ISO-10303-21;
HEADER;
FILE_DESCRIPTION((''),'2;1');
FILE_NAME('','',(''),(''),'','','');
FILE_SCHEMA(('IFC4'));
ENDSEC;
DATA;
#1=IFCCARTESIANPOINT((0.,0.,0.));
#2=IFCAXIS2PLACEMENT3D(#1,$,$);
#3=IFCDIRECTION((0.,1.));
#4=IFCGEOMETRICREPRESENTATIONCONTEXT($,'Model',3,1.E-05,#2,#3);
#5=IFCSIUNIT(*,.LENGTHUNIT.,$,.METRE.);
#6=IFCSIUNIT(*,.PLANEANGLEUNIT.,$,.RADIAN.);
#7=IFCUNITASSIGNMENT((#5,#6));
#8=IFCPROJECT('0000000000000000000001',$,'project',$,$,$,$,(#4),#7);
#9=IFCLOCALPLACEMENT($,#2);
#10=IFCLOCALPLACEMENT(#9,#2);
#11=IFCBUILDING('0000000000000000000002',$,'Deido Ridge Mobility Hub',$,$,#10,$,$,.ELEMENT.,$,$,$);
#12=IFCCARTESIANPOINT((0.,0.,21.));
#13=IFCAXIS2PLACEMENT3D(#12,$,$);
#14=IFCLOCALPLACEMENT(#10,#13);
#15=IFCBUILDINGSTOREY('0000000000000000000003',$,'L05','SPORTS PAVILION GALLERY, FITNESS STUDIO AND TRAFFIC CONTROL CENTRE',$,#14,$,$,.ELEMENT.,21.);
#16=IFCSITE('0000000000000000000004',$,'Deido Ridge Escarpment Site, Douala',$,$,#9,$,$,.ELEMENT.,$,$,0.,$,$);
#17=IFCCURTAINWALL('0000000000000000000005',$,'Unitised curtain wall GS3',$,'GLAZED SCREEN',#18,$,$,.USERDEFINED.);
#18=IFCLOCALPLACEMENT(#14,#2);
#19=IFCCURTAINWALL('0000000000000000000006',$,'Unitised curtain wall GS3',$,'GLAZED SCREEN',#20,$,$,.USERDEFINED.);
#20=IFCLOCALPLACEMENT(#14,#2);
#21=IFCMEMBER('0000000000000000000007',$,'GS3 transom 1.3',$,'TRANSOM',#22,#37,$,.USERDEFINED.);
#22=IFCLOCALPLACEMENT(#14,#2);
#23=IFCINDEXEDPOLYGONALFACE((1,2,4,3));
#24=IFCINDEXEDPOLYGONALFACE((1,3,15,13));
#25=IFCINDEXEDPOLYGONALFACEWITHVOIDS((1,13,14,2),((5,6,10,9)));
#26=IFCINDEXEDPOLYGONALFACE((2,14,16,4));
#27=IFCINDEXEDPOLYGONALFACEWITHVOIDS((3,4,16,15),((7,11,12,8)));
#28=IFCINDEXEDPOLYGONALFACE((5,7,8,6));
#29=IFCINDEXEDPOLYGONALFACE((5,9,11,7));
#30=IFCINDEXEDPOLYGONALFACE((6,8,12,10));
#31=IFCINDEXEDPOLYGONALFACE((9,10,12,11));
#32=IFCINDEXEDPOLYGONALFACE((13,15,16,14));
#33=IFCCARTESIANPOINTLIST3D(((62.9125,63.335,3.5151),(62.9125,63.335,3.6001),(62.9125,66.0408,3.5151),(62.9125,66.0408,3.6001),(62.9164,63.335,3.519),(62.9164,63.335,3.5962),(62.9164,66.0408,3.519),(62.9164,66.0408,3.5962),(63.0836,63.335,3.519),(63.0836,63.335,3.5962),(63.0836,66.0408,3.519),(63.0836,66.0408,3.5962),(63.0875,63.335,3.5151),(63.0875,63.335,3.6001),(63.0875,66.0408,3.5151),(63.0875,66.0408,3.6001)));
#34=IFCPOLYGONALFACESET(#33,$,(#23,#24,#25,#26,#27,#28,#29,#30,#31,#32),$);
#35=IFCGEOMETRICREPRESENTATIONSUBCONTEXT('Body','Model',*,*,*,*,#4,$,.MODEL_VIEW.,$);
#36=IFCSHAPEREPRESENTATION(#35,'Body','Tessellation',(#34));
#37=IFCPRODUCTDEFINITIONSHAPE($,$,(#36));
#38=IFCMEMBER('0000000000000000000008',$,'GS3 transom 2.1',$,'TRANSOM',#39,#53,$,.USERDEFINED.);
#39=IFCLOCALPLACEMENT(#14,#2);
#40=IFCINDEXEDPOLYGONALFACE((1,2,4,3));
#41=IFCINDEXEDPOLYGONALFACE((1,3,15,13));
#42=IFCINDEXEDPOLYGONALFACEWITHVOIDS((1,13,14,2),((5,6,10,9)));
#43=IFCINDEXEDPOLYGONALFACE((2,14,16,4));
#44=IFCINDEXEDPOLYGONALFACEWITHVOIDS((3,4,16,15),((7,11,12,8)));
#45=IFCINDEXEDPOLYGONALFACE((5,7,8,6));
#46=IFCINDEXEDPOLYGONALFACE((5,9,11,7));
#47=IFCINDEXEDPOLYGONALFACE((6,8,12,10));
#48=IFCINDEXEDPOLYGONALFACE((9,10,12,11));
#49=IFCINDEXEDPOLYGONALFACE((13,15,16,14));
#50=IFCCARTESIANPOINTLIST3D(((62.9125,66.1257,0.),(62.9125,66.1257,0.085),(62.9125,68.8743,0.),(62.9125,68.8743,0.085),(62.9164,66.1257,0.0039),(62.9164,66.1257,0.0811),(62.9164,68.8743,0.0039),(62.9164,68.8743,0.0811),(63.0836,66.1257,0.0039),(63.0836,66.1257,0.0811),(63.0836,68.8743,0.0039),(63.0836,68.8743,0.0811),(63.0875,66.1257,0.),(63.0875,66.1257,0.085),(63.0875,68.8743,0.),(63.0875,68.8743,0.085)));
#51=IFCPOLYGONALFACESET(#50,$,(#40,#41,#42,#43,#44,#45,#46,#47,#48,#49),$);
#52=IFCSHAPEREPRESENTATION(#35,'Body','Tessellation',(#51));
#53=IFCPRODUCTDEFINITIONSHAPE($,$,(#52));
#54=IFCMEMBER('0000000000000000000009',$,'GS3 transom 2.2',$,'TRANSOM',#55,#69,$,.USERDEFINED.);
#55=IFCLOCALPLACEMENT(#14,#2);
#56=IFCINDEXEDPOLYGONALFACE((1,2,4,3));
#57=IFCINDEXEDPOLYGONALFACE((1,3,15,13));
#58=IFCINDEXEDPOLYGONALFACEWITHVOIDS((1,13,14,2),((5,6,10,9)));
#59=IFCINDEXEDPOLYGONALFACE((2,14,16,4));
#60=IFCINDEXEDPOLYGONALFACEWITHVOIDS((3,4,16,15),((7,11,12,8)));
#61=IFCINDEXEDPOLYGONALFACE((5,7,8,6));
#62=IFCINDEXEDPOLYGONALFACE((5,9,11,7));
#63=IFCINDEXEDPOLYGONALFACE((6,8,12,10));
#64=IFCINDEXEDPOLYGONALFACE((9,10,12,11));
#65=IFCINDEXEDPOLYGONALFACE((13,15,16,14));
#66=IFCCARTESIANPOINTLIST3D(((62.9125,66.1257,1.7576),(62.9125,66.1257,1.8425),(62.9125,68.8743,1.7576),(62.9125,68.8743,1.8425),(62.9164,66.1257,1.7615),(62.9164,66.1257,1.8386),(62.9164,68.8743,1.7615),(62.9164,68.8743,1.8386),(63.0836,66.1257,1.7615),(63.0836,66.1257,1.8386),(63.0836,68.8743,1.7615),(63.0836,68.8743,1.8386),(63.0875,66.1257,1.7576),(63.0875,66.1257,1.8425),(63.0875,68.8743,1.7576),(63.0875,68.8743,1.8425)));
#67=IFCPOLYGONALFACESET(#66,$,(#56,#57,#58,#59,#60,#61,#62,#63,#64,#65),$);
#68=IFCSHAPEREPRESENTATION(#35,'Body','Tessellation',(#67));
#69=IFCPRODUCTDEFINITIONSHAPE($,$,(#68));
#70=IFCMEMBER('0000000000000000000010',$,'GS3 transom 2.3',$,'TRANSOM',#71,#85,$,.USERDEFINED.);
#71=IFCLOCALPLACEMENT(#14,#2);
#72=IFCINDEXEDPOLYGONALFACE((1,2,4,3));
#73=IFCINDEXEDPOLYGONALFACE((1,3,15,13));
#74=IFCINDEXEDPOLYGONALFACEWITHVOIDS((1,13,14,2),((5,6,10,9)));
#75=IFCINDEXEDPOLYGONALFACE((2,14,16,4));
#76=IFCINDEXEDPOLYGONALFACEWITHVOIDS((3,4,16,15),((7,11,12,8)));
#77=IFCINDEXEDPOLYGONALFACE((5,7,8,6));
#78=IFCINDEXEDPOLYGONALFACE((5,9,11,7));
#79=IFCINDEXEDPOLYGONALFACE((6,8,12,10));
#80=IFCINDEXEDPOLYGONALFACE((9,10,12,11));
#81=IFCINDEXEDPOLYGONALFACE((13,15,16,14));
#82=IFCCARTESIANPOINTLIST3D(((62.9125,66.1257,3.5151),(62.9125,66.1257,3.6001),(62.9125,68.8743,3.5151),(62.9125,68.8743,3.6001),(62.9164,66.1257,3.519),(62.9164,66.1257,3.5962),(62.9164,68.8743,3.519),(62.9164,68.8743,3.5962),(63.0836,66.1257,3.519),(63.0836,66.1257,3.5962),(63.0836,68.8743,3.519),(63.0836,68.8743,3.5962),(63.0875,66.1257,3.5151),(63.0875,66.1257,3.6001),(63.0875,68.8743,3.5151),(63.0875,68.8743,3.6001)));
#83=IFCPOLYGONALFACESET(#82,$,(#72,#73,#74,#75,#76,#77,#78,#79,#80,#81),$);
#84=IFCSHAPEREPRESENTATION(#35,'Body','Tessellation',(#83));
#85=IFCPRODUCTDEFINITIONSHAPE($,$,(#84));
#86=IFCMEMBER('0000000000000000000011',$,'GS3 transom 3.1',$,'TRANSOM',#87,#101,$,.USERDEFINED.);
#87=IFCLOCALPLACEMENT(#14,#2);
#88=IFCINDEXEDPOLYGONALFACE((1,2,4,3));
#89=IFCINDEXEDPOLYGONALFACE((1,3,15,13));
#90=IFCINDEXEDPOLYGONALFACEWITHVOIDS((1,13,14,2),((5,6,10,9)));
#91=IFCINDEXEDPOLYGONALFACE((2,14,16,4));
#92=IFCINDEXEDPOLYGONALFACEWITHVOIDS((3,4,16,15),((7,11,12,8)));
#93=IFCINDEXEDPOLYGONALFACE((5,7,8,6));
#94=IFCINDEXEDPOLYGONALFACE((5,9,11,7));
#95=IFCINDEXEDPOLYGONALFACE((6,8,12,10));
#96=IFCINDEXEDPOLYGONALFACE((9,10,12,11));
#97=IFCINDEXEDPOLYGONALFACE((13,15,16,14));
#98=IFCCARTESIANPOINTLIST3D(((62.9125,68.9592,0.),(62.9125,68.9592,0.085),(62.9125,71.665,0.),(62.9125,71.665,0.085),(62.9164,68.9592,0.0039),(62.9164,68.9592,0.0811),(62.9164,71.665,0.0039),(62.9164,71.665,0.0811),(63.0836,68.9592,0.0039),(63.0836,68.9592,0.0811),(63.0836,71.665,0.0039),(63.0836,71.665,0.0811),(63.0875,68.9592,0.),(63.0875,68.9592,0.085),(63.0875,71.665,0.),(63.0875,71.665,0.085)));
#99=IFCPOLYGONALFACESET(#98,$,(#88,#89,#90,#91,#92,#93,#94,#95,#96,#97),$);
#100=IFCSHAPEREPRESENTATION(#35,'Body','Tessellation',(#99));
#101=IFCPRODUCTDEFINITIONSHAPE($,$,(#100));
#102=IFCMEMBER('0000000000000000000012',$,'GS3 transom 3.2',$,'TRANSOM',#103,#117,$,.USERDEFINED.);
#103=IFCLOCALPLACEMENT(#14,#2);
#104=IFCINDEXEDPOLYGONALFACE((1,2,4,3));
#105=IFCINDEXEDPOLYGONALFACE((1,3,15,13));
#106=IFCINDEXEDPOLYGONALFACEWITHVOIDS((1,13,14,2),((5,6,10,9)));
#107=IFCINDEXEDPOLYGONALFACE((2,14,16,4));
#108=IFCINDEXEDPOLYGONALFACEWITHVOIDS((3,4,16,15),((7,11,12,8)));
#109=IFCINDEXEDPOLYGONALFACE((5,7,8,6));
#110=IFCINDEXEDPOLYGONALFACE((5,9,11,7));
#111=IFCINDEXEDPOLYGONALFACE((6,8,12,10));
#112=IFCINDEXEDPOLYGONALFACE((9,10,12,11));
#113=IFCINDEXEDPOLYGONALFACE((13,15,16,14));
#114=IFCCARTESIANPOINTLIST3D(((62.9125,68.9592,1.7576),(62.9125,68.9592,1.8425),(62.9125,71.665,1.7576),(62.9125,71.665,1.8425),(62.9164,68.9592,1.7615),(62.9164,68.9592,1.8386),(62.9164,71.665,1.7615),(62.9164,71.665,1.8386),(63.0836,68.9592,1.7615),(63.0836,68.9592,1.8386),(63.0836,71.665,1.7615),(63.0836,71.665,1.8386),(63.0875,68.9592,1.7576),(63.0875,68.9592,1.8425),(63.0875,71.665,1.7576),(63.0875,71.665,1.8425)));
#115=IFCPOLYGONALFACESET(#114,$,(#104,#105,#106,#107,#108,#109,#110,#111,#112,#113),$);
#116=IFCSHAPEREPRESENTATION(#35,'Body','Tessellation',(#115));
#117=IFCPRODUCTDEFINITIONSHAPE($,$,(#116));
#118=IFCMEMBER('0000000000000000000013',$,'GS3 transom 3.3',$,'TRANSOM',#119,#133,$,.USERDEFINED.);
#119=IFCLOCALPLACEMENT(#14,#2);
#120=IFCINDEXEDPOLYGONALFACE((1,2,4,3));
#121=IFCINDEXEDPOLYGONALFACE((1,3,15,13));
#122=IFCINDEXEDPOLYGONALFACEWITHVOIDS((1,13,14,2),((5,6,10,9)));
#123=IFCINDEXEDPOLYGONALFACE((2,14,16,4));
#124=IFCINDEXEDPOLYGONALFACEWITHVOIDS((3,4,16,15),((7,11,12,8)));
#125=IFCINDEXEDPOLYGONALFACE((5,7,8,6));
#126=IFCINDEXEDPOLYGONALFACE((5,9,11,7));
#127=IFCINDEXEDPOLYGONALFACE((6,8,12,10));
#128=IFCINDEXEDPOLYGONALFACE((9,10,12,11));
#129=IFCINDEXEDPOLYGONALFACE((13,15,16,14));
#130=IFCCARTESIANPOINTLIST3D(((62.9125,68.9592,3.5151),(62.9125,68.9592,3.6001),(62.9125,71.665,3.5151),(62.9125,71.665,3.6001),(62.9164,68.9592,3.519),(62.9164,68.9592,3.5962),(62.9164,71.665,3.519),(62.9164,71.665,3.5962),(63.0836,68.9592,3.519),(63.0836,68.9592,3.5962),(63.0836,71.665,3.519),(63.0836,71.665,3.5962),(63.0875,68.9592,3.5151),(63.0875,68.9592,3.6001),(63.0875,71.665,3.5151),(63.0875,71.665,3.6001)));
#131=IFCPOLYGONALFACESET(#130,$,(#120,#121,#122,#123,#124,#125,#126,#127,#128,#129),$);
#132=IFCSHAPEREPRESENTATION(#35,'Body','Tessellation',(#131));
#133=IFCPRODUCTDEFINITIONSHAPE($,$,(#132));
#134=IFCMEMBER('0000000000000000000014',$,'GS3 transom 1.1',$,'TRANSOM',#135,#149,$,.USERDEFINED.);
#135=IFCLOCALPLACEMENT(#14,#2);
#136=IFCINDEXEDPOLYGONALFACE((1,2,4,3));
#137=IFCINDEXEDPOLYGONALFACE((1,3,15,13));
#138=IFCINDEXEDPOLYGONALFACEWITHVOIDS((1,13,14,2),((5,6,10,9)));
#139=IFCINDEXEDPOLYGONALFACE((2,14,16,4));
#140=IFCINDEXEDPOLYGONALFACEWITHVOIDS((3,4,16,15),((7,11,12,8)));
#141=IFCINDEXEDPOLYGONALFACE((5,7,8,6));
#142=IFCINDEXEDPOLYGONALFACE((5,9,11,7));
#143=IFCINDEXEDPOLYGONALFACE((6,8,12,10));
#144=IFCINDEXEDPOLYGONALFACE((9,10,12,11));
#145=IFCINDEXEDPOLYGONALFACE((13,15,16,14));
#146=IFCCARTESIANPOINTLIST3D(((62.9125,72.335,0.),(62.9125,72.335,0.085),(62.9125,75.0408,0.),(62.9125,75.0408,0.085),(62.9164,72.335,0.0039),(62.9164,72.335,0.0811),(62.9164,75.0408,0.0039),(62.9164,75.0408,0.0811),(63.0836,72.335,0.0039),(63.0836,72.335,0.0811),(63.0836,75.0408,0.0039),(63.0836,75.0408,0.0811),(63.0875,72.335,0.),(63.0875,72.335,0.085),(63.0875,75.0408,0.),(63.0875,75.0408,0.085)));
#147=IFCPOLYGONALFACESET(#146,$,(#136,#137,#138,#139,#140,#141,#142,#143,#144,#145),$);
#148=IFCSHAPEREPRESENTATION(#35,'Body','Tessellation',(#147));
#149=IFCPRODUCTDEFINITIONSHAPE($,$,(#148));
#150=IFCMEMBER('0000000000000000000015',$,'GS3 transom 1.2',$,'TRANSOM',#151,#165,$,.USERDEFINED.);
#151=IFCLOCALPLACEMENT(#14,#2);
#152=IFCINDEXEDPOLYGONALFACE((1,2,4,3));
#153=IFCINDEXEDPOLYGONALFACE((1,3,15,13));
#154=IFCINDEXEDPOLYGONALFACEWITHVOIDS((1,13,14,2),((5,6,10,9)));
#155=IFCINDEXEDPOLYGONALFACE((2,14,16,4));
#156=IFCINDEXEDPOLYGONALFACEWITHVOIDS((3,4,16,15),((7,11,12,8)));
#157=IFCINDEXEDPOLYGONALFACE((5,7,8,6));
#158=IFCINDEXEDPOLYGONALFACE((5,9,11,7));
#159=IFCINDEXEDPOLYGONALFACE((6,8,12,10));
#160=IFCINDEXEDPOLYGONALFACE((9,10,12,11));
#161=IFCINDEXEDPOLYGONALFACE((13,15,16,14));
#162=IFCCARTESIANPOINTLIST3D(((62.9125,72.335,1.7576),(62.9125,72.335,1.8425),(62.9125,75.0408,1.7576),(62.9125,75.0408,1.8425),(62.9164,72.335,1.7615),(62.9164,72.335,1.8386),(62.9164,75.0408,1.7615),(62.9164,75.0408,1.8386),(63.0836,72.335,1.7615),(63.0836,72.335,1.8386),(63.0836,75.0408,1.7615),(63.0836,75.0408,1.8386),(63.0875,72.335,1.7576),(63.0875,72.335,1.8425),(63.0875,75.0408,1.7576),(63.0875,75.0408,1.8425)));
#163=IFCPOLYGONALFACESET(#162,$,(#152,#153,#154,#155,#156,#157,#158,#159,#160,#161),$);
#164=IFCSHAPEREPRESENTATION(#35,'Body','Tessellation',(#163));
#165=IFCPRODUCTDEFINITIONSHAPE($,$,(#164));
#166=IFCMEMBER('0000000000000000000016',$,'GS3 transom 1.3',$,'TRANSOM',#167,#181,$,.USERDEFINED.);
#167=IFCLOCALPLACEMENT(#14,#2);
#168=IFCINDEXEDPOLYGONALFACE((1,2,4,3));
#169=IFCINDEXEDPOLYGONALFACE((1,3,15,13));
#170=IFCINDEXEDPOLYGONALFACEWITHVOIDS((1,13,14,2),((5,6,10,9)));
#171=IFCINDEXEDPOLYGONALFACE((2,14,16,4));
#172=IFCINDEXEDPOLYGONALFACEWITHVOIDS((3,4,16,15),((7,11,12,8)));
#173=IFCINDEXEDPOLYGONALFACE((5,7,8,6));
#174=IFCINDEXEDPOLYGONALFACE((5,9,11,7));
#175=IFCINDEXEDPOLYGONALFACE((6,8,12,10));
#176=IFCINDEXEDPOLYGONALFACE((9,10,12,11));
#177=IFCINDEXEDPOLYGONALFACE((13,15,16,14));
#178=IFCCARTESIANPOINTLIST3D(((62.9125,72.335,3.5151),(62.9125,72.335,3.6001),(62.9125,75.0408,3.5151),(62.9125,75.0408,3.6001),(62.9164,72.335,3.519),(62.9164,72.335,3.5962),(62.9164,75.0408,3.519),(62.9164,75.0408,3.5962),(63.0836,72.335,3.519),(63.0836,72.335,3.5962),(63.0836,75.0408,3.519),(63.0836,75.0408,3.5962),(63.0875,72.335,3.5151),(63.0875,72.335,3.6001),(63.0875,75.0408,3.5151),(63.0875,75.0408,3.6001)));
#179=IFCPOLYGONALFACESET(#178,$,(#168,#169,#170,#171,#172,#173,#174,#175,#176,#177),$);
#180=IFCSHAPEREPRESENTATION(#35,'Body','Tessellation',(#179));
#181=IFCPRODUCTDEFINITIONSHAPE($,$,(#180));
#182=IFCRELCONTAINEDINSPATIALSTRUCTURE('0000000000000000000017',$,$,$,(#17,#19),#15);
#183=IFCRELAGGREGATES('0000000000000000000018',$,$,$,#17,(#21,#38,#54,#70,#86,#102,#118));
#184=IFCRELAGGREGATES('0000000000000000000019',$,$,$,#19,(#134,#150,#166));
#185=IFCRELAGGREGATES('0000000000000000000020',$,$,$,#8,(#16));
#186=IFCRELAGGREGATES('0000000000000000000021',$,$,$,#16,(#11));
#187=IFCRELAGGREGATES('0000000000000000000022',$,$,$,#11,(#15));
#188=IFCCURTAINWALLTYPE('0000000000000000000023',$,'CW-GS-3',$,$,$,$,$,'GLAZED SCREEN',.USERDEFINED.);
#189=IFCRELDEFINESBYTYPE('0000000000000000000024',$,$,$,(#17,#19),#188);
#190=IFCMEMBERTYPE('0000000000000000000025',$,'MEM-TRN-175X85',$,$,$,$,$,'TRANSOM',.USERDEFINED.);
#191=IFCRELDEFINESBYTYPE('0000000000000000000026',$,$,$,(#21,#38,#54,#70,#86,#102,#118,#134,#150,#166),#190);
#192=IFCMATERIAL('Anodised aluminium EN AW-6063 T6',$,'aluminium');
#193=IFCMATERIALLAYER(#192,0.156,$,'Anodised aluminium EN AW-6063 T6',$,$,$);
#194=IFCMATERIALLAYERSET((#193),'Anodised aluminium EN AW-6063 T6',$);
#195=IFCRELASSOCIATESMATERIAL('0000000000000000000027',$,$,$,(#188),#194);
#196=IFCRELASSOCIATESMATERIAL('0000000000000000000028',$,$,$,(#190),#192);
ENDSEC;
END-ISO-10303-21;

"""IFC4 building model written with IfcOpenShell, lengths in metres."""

from ifc_helpers import new_model, si_unit, direction, frame, origin, origin_2d, place, context, subcontext, project, spatial, hollow_rectangle, extrude, material, layer, layer_set, material_profile, profile_set, type_object, element, aggregate, save


model = new_model("IFC4")

# Units and contexts
model_context = context("Model", 3, precision=1e-05, world=origin(), true_north=direction((0.0, 1.0)))
body_context = subcontext(model_context, "Body", "Model", "MODEL_VIEW")
ifc_project = project(units=[si_unit("LENGTHUNIT", "METRE"), si_unit("PLANEANGLEUNIT", "RADIAN")], contexts=[model_context])

# Site, building, storey
site_placement = place(None, origin())
site = spatial("IfcSite", under=ifc_project, at=site_placement, Name="Deido Ridge Escarpment Site, Douala", CompositionType="ELEMENT", RefElevation=0.0)
building_placement = place(site_placement, origin())
building = spatial("IfcBuilding", under=site, at=building_placement, Name="Deido Ridge Mobility Hub", CompositionType="ELEMENT")
storey_placement = place(building_placement, frame((0.0, 0.0, 21.0)))
storey = spatial("IfcBuildingStorey", under=building, at=storey_placement, Name="L05", Description="SPORTS PAVILION GALLERY, FITNESS STUDIO AND TRAFFIC CONTROL CENTRE", CompositionType="ELEMENT", Elevation=21.0)

# Curtain walls
ifc_material_1 = material(Name="Anodised aluminium EN AW-6063 T6", Category="aluminium")
ifc_layer_1 = layer(ifc_material_1, 0.156, Name="Anodised aluminium EN AW-6063 T6")
ifc_layer_set_1 = layer_set([ifc_layer_1], Name="Anodised aluminium EN AW-6063 T6")
curtain_wall_type = type_object("IfcCurtainWallType", Name="CW-GS-3", ElementType="GLAZED SCREEN", PredefinedType="USERDEFINED", material=ifc_layer_set_1)
curtain_wall_1_placement = place(storey_placement, origin())
curtain_wall_1 = element("IfcCurtainWall", 1, at=curtain_wall_1_placement, inside=storey, type_object=curtain_wall_type, Name="Unitised curtain wall GS3", ObjectType="GLAZED SCREEN", PredefinedType="USERDEFINED")
curtain_wall_2_placement = place(storey_placement, origin())
curtain_wall_2 = element("IfcCurtainWall", 2, at=curtain_wall_2_placement, inside=storey, type_object=curtain_wall_type, Name="Unitised curtain wall GS3", ObjectType="GLAZED SCREEN", PredefinedType="USERDEFINED")

# Members
ifc_material_profile_1 = material_profile(ifc_material_1, hollow_rectangle(XDim=0.175, YDim=0.085, WallThickness=0.0039, at=origin_2d()), Name="RHS 175x85x4")
ifc_profile_set_1 = profile_set([ifc_material_profile_1], Name="Anodised aluminium EN AW-6063 T6")
member_type_1 = type_object("IfcMemberType", Name="MEM-TRN-175X85", ElementType="TRANSOM", PredefinedType="USERDEFINED", material=ifc_profile_set_1)
member_1_placement = place(storey_placement, frame((63.0, 63.335, 3.5576), z_axis=(0.0, 1.0, 0.0), x_axis=(-1.0, 0.0, 0.0)))
member_1 = element("IfcMember", 3, at=member_1_placement, type_object=member_type_1, Name="GS3 transom 1.3", ObjectType="TRANSOM", PredefinedType="USERDEFINED", context=body_context, shape_type="SweptSolid", body=[
    extrude(hollow_rectangle(XDim=0.175, YDim=0.085, WallThickness=0.0039, at=origin_2d()), origin(), (0.0, 0.0, 1.0), 2.7058),
])
member_2_placement = place(storey_placement, frame((63.0, 66.1257, 0.0425), z_axis=(0.0, 1.0, 0.0), x_axis=(-1.0, 0.0, 0.0)))
member_2 = element("IfcMember", 4, at=member_2_placement, type_object=member_type_1, Name="GS3 transom 2.1", ObjectType="TRANSOM", PredefinedType="USERDEFINED", context=body_context, shape_type="SweptSolid", body=[
    extrude(hollow_rectangle(XDim=0.175, YDim=0.085, WallThickness=0.0039, at=origin_2d()), origin(), (0.0, 0.0, 1.0), 2.7485),
])
member_3_placement = place(storey_placement, frame((63.0, 66.1257, 1.8), z_axis=(0.0, 1.0, 0.0), x_axis=(-1.0, 0.0, 0.0)))
member_3 = element("IfcMember", 5, at=member_3_placement, type_object=member_type_1, Name="GS3 transom 2.2", ObjectType="TRANSOM", PredefinedType="USERDEFINED", context=body_context, shape_type="SweptSolid", body=[
    extrude(hollow_rectangle(XDim=0.175, YDim=0.085, WallThickness=0.0039, at=origin_2d()), origin(), (0.0, 0.0, 1.0), 2.7485),
])
member_4_placement = place(storey_placement, frame((63.0, 66.1257, 3.5576), z_axis=(0.0, 1.0, 0.0), x_axis=(-1.0, 0.0, 0.0)))
member_4 = element("IfcMember", 6, at=member_4_placement, type_object=member_type_1, Name="GS3 transom 2.3", ObjectType="TRANSOM", PredefinedType="USERDEFINED", context=body_context, shape_type="SweptSolid", body=[
    extrude(hollow_rectangle(XDim=0.175, YDim=0.085, WallThickness=0.0039, at=origin_2d()), origin(), (0.0, 0.0, 1.0), 2.7485),
])
member_5_placement = place(storey_placement, frame((63.0, 68.9592, 0.0425), z_axis=(0.0, 1.0, 0.0), x_axis=(-1.0, 0.0, 0.0)))
member_5 = element("IfcMember", 7, at=member_5_placement, type_object=member_type_1, Name="GS3 transom 3.1", ObjectType="TRANSOM", PredefinedType="USERDEFINED", context=body_context, shape_type="SweptSolid", body=[
    extrude(hollow_rectangle(XDim=0.175, YDim=0.085, WallThickness=0.0039, at=origin_2d()), origin(), (0.0, 0.0, 1.0), 2.7058),
])
member_6_placement = place(storey_placement, frame((63.0, 68.9592, 1.8), z_axis=(0.0, 1.0, 0.0), x_axis=(-1.0, 0.0, 0.0)))
member_6 = element("IfcMember", 8, at=member_6_placement, type_object=member_type_1, Name="GS3 transom 3.2", ObjectType="TRANSOM", PredefinedType="USERDEFINED", context=body_context, shape_type="SweptSolid", body=[
    extrude(hollow_rectangle(XDim=0.175, YDim=0.085, WallThickness=0.0039, at=origin_2d()), origin(), (0.0, 0.0, 1.0), 2.7058),
])
member_7_placement = place(storey_placement, frame((63.0, 68.9592, 3.5576), z_axis=(0.0, 1.0, 0.0), x_axis=(-1.0, 0.0, 0.0)))
member_7 = element("IfcMember", 9, at=member_7_placement, type_object=member_type_1, Name="GS3 transom 3.3", ObjectType="TRANSOM", PredefinedType="USERDEFINED", context=body_context, shape_type="SweptSolid", body=[
    extrude(hollow_rectangle(XDim=0.175, YDim=0.085, WallThickness=0.0039, at=origin_2d()), origin(), (0.0, 0.0, 1.0), 2.7058),
])
member_8_placement = place(storey_placement, frame((63.0, 72.335, 0.0425), z_axis=(0.0, 1.0, 0.0), x_axis=(-1.0, 0.0, 0.0)))
member_8 = element("IfcMember", 10, at=member_8_placement, type_object=member_type_1, Name="GS3 transom 1.1", ObjectType="TRANSOM", PredefinedType="USERDEFINED", context=body_context, shape_type="SweptSolid", body=[
    extrude(hollow_rectangle(XDim=0.175, YDim=0.085, WallThickness=0.0039, at=origin_2d()), origin(), (0.0, 0.0, 1.0), 2.7058),
])
member_9_placement = place(storey_placement, frame((63.0, 72.335, 1.8), z_axis=(0.0, 1.0, 0.0), x_axis=(-1.0, 0.0, 0.0)))
member_9 = element("IfcMember", 11, at=member_9_placement, type_object=member_type_1, Name="GS3 transom 1.2", ObjectType="TRANSOM", PredefinedType="USERDEFINED", context=body_context, shape_type="SweptSolid", body=[
    extrude(hollow_rectangle(XDim=0.175, YDim=0.085, WallThickness=0.0039, at=origin_2d()), origin(), (0.0, 0.0, 1.0), 2.7058),
])
member_10_placement = place(storey_placement, frame((63.0, 72.335, 3.5576), z_axis=(0.0, 1.0, 0.0), x_axis=(-1.0, 0.0, 0.0)))
member_10 = element("IfcMember", 12, at=member_10_placement, type_object=member_type_1, Name="GS3 transom 1.3", ObjectType="TRANSOM", PredefinedType="USERDEFINED", context=body_context, shape_type="SweptSolid", body=[
    extrude(hollow_rectangle(XDim=0.175, YDim=0.085, WallThickness=0.0039, at=origin_2d()), origin(), (0.0, 0.0, 1.0), 2.7058),
])

aggregate(curtain_wall_1, [member_1, member_2, member_3, member_4, member_5, member_6, member_7])
aggregate(curtain_wall_2, [member_8, member_9, member_10])

save(model, "model.ifc")
